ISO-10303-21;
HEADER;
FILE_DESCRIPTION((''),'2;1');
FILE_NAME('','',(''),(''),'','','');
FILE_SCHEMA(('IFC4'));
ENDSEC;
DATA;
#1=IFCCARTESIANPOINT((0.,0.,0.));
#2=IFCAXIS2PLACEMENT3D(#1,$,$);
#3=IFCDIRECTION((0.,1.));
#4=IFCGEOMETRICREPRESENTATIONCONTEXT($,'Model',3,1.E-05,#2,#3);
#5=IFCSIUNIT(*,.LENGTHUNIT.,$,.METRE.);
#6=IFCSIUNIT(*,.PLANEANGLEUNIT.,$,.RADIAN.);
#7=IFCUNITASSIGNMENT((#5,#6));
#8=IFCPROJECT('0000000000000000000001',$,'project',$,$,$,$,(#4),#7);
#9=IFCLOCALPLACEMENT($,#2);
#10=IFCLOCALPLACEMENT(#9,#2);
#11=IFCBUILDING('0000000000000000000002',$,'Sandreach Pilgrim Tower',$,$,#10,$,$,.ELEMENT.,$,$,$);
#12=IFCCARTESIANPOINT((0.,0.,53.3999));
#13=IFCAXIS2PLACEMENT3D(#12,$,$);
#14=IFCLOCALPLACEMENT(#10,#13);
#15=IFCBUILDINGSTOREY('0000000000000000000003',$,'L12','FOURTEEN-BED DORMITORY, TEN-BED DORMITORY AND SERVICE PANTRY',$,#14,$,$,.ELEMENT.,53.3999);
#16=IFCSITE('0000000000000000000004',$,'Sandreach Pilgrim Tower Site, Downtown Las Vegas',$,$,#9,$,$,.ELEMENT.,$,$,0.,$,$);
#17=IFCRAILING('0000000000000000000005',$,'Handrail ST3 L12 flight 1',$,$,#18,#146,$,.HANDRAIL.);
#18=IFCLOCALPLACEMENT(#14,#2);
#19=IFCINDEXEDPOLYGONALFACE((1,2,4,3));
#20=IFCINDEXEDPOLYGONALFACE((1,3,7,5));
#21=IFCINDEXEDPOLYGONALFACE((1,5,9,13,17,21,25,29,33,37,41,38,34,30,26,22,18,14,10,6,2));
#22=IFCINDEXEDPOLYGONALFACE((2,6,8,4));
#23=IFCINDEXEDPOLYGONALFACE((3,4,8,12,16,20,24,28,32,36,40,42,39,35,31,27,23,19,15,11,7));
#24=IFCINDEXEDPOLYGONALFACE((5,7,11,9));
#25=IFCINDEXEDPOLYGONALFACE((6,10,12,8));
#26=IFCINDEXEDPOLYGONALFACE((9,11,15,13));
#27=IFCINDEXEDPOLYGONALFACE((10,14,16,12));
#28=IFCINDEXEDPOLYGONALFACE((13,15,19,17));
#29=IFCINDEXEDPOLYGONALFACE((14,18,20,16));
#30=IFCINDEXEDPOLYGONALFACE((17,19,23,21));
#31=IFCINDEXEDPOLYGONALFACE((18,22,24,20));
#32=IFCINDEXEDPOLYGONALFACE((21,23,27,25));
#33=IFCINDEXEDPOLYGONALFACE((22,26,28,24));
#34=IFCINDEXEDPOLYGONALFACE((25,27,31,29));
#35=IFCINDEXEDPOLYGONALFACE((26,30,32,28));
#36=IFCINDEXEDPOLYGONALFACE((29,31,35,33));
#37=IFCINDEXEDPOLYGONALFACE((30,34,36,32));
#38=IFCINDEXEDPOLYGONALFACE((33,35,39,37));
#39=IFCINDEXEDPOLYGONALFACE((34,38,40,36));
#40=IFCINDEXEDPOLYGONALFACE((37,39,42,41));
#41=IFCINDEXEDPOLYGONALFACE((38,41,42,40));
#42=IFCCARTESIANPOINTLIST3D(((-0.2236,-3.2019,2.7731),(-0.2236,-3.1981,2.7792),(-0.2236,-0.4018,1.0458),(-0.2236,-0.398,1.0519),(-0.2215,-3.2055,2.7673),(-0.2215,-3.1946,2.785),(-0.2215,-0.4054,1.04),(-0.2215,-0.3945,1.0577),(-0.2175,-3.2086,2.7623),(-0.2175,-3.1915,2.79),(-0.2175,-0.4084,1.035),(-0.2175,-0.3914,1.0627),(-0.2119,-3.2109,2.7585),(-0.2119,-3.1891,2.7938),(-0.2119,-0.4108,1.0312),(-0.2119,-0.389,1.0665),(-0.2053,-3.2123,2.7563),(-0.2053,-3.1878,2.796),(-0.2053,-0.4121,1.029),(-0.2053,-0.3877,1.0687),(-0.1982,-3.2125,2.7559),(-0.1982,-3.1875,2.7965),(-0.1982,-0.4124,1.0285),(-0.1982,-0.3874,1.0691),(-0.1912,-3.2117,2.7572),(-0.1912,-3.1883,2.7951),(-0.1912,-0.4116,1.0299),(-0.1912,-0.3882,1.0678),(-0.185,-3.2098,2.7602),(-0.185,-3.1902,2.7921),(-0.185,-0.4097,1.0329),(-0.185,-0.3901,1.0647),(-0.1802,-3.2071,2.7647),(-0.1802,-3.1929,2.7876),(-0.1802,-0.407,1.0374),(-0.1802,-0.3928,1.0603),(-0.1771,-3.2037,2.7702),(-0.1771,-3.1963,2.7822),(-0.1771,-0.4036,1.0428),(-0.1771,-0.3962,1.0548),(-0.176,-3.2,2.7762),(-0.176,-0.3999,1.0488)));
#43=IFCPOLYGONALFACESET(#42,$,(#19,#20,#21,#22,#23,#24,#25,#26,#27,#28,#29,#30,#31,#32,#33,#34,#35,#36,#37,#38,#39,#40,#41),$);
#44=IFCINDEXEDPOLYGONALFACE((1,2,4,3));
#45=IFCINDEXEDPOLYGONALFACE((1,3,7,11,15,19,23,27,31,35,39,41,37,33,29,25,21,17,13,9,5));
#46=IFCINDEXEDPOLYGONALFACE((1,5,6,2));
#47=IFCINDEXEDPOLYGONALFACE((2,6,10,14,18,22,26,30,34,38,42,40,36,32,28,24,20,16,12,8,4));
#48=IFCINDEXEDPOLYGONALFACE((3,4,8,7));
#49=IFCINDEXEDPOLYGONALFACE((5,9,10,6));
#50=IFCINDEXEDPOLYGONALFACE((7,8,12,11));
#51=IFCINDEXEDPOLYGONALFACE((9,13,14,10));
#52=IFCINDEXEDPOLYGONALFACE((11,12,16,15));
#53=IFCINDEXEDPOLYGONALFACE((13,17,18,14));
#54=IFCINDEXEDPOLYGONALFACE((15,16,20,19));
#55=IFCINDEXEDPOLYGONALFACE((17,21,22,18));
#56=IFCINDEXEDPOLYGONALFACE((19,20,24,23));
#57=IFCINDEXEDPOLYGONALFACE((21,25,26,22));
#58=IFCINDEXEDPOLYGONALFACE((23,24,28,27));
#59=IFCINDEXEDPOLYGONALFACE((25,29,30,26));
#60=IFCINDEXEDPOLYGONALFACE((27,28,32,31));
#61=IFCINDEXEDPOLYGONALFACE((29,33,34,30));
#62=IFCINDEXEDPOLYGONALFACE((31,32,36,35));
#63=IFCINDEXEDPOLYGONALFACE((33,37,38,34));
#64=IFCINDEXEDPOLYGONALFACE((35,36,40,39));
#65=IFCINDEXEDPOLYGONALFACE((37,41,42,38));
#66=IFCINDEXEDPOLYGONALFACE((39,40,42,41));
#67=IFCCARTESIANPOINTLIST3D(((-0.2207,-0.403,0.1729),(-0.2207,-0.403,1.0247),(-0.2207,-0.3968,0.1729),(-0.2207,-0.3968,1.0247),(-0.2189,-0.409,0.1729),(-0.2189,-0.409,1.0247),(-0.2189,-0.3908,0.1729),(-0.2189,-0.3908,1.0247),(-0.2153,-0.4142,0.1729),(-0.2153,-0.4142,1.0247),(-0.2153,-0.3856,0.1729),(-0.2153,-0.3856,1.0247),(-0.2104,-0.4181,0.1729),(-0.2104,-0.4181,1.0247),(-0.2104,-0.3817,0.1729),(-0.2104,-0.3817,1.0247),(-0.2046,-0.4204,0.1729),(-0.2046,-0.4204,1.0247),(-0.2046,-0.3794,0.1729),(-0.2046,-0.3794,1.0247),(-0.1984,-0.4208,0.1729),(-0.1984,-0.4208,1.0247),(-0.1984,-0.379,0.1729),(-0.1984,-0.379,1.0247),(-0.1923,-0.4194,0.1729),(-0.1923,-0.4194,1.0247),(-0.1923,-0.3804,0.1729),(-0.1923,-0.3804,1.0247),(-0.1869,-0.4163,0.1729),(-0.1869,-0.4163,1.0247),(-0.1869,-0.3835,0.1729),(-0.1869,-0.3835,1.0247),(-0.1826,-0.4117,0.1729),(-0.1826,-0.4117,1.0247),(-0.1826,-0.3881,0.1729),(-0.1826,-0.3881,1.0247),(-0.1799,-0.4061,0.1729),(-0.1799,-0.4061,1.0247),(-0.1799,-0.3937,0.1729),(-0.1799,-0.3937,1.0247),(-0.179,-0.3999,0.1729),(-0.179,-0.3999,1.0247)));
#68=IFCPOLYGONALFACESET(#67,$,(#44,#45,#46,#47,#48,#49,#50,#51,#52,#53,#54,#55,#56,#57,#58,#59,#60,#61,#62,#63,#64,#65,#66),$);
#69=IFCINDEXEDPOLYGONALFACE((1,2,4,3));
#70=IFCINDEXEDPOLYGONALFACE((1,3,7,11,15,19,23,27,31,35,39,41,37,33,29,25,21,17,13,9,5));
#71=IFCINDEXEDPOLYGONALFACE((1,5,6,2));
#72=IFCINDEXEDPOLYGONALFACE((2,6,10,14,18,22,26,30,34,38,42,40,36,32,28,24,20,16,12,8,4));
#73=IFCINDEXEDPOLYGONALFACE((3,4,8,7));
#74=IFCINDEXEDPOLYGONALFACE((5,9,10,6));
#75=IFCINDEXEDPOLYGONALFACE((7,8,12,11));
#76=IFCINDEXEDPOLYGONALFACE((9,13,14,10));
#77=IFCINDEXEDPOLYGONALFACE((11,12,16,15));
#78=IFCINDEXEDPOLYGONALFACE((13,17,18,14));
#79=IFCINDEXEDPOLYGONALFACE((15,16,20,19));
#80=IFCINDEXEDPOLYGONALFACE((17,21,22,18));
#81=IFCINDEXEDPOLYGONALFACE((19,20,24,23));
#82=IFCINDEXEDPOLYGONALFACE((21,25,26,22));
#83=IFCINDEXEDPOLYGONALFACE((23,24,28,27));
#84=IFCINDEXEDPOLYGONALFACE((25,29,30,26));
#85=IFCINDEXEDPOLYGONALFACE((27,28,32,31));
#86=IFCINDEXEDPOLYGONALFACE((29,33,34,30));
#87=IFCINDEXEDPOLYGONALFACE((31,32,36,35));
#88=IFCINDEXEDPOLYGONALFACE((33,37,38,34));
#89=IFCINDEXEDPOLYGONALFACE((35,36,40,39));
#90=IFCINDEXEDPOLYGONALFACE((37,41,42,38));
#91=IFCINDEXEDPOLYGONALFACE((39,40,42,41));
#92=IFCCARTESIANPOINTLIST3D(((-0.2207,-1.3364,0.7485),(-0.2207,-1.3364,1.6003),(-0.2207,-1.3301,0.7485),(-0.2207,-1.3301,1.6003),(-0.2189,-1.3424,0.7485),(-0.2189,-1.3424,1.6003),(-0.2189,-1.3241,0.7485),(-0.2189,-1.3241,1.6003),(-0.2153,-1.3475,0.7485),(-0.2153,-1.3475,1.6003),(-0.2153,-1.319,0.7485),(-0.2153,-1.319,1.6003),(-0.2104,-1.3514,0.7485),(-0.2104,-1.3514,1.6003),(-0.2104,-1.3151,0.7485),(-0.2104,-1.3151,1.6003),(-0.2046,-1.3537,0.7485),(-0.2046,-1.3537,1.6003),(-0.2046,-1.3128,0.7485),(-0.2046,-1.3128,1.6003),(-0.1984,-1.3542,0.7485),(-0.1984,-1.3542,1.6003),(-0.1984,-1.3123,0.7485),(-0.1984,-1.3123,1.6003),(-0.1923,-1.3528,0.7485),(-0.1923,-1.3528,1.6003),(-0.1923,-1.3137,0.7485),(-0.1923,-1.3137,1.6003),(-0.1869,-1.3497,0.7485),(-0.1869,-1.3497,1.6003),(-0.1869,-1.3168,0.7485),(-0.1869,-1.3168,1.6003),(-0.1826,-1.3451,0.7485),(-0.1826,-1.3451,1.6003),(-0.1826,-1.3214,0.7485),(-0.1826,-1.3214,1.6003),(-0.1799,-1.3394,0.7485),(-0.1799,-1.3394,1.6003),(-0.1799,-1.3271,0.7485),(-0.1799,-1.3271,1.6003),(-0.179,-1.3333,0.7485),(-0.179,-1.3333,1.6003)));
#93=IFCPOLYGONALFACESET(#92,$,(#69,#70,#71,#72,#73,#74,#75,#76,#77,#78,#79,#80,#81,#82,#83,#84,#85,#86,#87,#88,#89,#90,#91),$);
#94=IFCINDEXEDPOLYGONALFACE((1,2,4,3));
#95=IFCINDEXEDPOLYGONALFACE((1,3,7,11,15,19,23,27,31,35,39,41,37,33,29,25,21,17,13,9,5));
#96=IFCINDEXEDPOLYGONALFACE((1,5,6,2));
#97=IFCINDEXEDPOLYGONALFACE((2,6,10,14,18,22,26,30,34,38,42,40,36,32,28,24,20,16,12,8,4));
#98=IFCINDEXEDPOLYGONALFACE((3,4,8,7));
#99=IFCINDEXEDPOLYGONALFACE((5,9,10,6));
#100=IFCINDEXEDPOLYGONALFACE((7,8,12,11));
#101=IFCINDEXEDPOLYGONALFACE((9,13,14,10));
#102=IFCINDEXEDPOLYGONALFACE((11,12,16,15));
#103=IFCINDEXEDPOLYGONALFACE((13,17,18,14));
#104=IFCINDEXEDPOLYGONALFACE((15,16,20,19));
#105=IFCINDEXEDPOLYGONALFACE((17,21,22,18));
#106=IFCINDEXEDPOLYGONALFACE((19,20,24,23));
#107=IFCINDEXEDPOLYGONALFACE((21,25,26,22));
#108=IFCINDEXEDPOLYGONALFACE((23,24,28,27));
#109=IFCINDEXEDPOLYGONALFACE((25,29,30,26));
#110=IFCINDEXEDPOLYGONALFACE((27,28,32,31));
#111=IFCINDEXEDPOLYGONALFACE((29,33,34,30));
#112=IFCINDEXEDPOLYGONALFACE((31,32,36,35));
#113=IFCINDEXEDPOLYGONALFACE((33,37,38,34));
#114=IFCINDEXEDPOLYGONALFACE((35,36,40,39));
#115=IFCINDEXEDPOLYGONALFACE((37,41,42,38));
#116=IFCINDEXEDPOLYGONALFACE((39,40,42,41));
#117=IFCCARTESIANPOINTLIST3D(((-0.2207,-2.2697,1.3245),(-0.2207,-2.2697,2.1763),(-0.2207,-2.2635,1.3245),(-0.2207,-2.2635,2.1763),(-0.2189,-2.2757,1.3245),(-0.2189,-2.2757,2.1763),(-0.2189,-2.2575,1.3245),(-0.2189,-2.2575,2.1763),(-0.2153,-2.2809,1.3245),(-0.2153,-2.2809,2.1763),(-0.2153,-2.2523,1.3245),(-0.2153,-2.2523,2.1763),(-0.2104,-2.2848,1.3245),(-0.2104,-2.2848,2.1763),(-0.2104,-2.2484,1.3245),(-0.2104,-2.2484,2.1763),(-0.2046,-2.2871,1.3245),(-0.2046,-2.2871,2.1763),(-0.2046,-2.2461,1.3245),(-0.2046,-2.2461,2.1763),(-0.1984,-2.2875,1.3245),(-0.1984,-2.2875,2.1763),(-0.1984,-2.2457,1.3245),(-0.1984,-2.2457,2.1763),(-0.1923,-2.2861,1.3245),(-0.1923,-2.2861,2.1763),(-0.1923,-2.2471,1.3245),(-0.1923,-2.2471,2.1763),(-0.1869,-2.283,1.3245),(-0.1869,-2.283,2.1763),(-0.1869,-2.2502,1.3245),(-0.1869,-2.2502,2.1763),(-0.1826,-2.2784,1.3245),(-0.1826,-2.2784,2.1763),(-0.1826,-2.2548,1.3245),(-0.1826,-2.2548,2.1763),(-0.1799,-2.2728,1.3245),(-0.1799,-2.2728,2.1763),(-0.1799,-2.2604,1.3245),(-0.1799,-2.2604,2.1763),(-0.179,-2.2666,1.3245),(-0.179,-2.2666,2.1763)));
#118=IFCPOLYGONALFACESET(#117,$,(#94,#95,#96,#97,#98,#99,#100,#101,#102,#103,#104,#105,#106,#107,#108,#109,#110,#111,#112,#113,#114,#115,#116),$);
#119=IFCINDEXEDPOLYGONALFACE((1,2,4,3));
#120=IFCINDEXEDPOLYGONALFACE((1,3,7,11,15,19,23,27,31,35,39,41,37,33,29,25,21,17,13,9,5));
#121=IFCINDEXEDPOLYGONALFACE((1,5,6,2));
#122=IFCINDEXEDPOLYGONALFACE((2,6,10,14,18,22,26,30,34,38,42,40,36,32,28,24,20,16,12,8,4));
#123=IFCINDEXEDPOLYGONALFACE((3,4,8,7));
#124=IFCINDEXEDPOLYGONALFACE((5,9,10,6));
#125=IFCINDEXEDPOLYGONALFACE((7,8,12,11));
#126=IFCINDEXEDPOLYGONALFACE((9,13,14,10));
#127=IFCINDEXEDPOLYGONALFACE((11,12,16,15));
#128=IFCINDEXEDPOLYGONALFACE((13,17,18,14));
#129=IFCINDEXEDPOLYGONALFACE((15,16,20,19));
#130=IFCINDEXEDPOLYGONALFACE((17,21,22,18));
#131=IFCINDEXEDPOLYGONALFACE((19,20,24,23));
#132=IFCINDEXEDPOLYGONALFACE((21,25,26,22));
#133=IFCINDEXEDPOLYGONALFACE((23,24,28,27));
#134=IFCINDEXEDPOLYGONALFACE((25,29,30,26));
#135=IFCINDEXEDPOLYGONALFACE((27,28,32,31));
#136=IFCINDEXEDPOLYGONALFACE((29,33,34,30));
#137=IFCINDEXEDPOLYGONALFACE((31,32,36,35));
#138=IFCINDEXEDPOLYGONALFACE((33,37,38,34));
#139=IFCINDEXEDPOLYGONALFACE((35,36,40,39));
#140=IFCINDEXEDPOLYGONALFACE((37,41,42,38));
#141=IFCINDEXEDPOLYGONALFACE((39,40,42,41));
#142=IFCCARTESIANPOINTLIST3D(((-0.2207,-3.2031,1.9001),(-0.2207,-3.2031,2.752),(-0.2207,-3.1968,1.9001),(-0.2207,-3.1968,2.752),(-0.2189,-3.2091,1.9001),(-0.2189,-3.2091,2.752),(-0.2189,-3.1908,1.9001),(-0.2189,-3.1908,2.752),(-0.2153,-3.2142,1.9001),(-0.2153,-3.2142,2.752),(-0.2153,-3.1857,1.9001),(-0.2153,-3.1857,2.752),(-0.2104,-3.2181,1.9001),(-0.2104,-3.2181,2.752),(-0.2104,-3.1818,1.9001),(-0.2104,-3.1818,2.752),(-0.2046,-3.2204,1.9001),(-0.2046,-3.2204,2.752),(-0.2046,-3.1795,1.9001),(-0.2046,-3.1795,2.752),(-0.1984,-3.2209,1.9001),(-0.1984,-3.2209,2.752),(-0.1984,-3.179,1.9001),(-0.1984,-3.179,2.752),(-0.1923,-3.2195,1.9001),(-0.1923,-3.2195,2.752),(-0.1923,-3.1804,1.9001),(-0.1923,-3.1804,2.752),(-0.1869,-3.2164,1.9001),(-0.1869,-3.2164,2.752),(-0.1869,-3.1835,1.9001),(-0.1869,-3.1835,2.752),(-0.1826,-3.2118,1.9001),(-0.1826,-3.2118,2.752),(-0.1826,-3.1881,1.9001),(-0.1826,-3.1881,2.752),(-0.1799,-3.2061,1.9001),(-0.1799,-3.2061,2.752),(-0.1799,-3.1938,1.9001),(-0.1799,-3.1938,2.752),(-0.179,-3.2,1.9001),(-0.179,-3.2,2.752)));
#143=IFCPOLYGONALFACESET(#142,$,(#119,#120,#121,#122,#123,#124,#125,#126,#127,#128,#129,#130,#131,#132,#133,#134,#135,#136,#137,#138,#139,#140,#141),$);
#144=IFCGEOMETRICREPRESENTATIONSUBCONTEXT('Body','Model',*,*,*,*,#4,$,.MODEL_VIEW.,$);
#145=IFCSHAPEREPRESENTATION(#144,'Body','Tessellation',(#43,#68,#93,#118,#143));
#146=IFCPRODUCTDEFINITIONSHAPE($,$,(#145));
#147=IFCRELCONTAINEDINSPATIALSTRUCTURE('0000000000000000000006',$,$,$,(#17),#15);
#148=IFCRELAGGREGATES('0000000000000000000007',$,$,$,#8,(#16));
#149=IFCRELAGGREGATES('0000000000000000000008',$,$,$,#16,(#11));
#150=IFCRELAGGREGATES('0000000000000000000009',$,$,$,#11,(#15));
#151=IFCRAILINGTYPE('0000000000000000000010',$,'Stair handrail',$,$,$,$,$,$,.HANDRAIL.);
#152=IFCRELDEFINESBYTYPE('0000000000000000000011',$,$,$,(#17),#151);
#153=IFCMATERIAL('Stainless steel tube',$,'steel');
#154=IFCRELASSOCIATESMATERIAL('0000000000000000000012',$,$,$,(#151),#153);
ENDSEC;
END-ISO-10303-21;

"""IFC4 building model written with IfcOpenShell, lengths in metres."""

from ifc_helpers import new_model, si_unit, direction, frame, origin, origin_2d, place, context, subcontext, project, spatial, circle, extrude, material, type_object, element, save


model = new_model("IFC4")

# Units and contexts
model_context = context("Model", 3, precision=1e-05, world=origin(), true_north=direction((0.0, 1.0)))
body_context = subcontext(model_context, "Body", "Model", "MODEL_VIEW")
ifc_project = project(units=[si_unit("LENGTHUNIT", "METRE"), si_unit("PLANEANGLEUNIT", "RADIAN")], contexts=[model_context])

# Site, building, storey
site_placement = place(None, origin())
site = spatial("IfcSite", under=ifc_project, at=site_placement, Name="Sandreach Pilgrim Tower Site, Downtown Las Vegas", CompositionType="ELEMENT", RefElevation=0.0)
building_placement = place(site_placement, origin())
building = spatial("IfcBuilding", under=site, at=building_placement, Name="Sandreach Pilgrim Tower", CompositionType="ELEMENT")
storey_placement = place(building_placement, frame((0.0, 0.0, 53.3999)))
storey = spatial("IfcBuildingStorey", under=building, at=storey_placement, Name="L12", Description="FOURTEEN-BED DORMITORY, TEN-BED DORMITORY AND SERVICE PANTRY", CompositionType="ELEMENT", Elevation=53.3999)

# Railing
ifc_material_1 = material(Name="Stainless steel tube", Category="steel")
railing_type = type_object("IfcRailingType", Name="Stair handrail", PredefinedType="HANDRAIL", material=ifc_material_1)
for number, where, name in (
    (1, (-0.2, -0.3999, 0.1729), "Handrail ST3 L12 flight 1"),
):
    element("IfcRailing", number, at=place(storey_placement, frame(where)), inside=storey, type_object=railing_type, Name=name, PredefinedType="HANDRAIL", context=body_context, shape_type="SweptSolid", body=[
        extrude(circle(Radius=0.0239, at=origin_2d()), frame((0.0, 0.0, 0.876), z_axis=(0.0, -0.85109, 0.52502), x_axis=(1.0, 0.0, 0.0)), (0.0, 0.0, 1.0), 3.29),
        extrude(circle(Radius=0.021, at=origin_2d()), origin(), (0.0, 0.0, 1.0), 0.8518),
        extrude(circle(Radius=0.021, at=origin_2d()), frame((0.0, -0.9333, 0.5757)), (0.0, 0.0, 1.0), 0.8518),
        extrude(circle(Radius=0.021, at=origin_2d()), frame((0.0, -1.8667, 1.1516)), (0.0, 0.0, 1.0), 0.8518),
        extrude(circle(Radius=0.021, at=origin_2d()), frame((0.0, -2.8, 1.7273)), (0.0, 0.0, 1.0), 0.8518),
    ])

save(model, "model.ifc")
